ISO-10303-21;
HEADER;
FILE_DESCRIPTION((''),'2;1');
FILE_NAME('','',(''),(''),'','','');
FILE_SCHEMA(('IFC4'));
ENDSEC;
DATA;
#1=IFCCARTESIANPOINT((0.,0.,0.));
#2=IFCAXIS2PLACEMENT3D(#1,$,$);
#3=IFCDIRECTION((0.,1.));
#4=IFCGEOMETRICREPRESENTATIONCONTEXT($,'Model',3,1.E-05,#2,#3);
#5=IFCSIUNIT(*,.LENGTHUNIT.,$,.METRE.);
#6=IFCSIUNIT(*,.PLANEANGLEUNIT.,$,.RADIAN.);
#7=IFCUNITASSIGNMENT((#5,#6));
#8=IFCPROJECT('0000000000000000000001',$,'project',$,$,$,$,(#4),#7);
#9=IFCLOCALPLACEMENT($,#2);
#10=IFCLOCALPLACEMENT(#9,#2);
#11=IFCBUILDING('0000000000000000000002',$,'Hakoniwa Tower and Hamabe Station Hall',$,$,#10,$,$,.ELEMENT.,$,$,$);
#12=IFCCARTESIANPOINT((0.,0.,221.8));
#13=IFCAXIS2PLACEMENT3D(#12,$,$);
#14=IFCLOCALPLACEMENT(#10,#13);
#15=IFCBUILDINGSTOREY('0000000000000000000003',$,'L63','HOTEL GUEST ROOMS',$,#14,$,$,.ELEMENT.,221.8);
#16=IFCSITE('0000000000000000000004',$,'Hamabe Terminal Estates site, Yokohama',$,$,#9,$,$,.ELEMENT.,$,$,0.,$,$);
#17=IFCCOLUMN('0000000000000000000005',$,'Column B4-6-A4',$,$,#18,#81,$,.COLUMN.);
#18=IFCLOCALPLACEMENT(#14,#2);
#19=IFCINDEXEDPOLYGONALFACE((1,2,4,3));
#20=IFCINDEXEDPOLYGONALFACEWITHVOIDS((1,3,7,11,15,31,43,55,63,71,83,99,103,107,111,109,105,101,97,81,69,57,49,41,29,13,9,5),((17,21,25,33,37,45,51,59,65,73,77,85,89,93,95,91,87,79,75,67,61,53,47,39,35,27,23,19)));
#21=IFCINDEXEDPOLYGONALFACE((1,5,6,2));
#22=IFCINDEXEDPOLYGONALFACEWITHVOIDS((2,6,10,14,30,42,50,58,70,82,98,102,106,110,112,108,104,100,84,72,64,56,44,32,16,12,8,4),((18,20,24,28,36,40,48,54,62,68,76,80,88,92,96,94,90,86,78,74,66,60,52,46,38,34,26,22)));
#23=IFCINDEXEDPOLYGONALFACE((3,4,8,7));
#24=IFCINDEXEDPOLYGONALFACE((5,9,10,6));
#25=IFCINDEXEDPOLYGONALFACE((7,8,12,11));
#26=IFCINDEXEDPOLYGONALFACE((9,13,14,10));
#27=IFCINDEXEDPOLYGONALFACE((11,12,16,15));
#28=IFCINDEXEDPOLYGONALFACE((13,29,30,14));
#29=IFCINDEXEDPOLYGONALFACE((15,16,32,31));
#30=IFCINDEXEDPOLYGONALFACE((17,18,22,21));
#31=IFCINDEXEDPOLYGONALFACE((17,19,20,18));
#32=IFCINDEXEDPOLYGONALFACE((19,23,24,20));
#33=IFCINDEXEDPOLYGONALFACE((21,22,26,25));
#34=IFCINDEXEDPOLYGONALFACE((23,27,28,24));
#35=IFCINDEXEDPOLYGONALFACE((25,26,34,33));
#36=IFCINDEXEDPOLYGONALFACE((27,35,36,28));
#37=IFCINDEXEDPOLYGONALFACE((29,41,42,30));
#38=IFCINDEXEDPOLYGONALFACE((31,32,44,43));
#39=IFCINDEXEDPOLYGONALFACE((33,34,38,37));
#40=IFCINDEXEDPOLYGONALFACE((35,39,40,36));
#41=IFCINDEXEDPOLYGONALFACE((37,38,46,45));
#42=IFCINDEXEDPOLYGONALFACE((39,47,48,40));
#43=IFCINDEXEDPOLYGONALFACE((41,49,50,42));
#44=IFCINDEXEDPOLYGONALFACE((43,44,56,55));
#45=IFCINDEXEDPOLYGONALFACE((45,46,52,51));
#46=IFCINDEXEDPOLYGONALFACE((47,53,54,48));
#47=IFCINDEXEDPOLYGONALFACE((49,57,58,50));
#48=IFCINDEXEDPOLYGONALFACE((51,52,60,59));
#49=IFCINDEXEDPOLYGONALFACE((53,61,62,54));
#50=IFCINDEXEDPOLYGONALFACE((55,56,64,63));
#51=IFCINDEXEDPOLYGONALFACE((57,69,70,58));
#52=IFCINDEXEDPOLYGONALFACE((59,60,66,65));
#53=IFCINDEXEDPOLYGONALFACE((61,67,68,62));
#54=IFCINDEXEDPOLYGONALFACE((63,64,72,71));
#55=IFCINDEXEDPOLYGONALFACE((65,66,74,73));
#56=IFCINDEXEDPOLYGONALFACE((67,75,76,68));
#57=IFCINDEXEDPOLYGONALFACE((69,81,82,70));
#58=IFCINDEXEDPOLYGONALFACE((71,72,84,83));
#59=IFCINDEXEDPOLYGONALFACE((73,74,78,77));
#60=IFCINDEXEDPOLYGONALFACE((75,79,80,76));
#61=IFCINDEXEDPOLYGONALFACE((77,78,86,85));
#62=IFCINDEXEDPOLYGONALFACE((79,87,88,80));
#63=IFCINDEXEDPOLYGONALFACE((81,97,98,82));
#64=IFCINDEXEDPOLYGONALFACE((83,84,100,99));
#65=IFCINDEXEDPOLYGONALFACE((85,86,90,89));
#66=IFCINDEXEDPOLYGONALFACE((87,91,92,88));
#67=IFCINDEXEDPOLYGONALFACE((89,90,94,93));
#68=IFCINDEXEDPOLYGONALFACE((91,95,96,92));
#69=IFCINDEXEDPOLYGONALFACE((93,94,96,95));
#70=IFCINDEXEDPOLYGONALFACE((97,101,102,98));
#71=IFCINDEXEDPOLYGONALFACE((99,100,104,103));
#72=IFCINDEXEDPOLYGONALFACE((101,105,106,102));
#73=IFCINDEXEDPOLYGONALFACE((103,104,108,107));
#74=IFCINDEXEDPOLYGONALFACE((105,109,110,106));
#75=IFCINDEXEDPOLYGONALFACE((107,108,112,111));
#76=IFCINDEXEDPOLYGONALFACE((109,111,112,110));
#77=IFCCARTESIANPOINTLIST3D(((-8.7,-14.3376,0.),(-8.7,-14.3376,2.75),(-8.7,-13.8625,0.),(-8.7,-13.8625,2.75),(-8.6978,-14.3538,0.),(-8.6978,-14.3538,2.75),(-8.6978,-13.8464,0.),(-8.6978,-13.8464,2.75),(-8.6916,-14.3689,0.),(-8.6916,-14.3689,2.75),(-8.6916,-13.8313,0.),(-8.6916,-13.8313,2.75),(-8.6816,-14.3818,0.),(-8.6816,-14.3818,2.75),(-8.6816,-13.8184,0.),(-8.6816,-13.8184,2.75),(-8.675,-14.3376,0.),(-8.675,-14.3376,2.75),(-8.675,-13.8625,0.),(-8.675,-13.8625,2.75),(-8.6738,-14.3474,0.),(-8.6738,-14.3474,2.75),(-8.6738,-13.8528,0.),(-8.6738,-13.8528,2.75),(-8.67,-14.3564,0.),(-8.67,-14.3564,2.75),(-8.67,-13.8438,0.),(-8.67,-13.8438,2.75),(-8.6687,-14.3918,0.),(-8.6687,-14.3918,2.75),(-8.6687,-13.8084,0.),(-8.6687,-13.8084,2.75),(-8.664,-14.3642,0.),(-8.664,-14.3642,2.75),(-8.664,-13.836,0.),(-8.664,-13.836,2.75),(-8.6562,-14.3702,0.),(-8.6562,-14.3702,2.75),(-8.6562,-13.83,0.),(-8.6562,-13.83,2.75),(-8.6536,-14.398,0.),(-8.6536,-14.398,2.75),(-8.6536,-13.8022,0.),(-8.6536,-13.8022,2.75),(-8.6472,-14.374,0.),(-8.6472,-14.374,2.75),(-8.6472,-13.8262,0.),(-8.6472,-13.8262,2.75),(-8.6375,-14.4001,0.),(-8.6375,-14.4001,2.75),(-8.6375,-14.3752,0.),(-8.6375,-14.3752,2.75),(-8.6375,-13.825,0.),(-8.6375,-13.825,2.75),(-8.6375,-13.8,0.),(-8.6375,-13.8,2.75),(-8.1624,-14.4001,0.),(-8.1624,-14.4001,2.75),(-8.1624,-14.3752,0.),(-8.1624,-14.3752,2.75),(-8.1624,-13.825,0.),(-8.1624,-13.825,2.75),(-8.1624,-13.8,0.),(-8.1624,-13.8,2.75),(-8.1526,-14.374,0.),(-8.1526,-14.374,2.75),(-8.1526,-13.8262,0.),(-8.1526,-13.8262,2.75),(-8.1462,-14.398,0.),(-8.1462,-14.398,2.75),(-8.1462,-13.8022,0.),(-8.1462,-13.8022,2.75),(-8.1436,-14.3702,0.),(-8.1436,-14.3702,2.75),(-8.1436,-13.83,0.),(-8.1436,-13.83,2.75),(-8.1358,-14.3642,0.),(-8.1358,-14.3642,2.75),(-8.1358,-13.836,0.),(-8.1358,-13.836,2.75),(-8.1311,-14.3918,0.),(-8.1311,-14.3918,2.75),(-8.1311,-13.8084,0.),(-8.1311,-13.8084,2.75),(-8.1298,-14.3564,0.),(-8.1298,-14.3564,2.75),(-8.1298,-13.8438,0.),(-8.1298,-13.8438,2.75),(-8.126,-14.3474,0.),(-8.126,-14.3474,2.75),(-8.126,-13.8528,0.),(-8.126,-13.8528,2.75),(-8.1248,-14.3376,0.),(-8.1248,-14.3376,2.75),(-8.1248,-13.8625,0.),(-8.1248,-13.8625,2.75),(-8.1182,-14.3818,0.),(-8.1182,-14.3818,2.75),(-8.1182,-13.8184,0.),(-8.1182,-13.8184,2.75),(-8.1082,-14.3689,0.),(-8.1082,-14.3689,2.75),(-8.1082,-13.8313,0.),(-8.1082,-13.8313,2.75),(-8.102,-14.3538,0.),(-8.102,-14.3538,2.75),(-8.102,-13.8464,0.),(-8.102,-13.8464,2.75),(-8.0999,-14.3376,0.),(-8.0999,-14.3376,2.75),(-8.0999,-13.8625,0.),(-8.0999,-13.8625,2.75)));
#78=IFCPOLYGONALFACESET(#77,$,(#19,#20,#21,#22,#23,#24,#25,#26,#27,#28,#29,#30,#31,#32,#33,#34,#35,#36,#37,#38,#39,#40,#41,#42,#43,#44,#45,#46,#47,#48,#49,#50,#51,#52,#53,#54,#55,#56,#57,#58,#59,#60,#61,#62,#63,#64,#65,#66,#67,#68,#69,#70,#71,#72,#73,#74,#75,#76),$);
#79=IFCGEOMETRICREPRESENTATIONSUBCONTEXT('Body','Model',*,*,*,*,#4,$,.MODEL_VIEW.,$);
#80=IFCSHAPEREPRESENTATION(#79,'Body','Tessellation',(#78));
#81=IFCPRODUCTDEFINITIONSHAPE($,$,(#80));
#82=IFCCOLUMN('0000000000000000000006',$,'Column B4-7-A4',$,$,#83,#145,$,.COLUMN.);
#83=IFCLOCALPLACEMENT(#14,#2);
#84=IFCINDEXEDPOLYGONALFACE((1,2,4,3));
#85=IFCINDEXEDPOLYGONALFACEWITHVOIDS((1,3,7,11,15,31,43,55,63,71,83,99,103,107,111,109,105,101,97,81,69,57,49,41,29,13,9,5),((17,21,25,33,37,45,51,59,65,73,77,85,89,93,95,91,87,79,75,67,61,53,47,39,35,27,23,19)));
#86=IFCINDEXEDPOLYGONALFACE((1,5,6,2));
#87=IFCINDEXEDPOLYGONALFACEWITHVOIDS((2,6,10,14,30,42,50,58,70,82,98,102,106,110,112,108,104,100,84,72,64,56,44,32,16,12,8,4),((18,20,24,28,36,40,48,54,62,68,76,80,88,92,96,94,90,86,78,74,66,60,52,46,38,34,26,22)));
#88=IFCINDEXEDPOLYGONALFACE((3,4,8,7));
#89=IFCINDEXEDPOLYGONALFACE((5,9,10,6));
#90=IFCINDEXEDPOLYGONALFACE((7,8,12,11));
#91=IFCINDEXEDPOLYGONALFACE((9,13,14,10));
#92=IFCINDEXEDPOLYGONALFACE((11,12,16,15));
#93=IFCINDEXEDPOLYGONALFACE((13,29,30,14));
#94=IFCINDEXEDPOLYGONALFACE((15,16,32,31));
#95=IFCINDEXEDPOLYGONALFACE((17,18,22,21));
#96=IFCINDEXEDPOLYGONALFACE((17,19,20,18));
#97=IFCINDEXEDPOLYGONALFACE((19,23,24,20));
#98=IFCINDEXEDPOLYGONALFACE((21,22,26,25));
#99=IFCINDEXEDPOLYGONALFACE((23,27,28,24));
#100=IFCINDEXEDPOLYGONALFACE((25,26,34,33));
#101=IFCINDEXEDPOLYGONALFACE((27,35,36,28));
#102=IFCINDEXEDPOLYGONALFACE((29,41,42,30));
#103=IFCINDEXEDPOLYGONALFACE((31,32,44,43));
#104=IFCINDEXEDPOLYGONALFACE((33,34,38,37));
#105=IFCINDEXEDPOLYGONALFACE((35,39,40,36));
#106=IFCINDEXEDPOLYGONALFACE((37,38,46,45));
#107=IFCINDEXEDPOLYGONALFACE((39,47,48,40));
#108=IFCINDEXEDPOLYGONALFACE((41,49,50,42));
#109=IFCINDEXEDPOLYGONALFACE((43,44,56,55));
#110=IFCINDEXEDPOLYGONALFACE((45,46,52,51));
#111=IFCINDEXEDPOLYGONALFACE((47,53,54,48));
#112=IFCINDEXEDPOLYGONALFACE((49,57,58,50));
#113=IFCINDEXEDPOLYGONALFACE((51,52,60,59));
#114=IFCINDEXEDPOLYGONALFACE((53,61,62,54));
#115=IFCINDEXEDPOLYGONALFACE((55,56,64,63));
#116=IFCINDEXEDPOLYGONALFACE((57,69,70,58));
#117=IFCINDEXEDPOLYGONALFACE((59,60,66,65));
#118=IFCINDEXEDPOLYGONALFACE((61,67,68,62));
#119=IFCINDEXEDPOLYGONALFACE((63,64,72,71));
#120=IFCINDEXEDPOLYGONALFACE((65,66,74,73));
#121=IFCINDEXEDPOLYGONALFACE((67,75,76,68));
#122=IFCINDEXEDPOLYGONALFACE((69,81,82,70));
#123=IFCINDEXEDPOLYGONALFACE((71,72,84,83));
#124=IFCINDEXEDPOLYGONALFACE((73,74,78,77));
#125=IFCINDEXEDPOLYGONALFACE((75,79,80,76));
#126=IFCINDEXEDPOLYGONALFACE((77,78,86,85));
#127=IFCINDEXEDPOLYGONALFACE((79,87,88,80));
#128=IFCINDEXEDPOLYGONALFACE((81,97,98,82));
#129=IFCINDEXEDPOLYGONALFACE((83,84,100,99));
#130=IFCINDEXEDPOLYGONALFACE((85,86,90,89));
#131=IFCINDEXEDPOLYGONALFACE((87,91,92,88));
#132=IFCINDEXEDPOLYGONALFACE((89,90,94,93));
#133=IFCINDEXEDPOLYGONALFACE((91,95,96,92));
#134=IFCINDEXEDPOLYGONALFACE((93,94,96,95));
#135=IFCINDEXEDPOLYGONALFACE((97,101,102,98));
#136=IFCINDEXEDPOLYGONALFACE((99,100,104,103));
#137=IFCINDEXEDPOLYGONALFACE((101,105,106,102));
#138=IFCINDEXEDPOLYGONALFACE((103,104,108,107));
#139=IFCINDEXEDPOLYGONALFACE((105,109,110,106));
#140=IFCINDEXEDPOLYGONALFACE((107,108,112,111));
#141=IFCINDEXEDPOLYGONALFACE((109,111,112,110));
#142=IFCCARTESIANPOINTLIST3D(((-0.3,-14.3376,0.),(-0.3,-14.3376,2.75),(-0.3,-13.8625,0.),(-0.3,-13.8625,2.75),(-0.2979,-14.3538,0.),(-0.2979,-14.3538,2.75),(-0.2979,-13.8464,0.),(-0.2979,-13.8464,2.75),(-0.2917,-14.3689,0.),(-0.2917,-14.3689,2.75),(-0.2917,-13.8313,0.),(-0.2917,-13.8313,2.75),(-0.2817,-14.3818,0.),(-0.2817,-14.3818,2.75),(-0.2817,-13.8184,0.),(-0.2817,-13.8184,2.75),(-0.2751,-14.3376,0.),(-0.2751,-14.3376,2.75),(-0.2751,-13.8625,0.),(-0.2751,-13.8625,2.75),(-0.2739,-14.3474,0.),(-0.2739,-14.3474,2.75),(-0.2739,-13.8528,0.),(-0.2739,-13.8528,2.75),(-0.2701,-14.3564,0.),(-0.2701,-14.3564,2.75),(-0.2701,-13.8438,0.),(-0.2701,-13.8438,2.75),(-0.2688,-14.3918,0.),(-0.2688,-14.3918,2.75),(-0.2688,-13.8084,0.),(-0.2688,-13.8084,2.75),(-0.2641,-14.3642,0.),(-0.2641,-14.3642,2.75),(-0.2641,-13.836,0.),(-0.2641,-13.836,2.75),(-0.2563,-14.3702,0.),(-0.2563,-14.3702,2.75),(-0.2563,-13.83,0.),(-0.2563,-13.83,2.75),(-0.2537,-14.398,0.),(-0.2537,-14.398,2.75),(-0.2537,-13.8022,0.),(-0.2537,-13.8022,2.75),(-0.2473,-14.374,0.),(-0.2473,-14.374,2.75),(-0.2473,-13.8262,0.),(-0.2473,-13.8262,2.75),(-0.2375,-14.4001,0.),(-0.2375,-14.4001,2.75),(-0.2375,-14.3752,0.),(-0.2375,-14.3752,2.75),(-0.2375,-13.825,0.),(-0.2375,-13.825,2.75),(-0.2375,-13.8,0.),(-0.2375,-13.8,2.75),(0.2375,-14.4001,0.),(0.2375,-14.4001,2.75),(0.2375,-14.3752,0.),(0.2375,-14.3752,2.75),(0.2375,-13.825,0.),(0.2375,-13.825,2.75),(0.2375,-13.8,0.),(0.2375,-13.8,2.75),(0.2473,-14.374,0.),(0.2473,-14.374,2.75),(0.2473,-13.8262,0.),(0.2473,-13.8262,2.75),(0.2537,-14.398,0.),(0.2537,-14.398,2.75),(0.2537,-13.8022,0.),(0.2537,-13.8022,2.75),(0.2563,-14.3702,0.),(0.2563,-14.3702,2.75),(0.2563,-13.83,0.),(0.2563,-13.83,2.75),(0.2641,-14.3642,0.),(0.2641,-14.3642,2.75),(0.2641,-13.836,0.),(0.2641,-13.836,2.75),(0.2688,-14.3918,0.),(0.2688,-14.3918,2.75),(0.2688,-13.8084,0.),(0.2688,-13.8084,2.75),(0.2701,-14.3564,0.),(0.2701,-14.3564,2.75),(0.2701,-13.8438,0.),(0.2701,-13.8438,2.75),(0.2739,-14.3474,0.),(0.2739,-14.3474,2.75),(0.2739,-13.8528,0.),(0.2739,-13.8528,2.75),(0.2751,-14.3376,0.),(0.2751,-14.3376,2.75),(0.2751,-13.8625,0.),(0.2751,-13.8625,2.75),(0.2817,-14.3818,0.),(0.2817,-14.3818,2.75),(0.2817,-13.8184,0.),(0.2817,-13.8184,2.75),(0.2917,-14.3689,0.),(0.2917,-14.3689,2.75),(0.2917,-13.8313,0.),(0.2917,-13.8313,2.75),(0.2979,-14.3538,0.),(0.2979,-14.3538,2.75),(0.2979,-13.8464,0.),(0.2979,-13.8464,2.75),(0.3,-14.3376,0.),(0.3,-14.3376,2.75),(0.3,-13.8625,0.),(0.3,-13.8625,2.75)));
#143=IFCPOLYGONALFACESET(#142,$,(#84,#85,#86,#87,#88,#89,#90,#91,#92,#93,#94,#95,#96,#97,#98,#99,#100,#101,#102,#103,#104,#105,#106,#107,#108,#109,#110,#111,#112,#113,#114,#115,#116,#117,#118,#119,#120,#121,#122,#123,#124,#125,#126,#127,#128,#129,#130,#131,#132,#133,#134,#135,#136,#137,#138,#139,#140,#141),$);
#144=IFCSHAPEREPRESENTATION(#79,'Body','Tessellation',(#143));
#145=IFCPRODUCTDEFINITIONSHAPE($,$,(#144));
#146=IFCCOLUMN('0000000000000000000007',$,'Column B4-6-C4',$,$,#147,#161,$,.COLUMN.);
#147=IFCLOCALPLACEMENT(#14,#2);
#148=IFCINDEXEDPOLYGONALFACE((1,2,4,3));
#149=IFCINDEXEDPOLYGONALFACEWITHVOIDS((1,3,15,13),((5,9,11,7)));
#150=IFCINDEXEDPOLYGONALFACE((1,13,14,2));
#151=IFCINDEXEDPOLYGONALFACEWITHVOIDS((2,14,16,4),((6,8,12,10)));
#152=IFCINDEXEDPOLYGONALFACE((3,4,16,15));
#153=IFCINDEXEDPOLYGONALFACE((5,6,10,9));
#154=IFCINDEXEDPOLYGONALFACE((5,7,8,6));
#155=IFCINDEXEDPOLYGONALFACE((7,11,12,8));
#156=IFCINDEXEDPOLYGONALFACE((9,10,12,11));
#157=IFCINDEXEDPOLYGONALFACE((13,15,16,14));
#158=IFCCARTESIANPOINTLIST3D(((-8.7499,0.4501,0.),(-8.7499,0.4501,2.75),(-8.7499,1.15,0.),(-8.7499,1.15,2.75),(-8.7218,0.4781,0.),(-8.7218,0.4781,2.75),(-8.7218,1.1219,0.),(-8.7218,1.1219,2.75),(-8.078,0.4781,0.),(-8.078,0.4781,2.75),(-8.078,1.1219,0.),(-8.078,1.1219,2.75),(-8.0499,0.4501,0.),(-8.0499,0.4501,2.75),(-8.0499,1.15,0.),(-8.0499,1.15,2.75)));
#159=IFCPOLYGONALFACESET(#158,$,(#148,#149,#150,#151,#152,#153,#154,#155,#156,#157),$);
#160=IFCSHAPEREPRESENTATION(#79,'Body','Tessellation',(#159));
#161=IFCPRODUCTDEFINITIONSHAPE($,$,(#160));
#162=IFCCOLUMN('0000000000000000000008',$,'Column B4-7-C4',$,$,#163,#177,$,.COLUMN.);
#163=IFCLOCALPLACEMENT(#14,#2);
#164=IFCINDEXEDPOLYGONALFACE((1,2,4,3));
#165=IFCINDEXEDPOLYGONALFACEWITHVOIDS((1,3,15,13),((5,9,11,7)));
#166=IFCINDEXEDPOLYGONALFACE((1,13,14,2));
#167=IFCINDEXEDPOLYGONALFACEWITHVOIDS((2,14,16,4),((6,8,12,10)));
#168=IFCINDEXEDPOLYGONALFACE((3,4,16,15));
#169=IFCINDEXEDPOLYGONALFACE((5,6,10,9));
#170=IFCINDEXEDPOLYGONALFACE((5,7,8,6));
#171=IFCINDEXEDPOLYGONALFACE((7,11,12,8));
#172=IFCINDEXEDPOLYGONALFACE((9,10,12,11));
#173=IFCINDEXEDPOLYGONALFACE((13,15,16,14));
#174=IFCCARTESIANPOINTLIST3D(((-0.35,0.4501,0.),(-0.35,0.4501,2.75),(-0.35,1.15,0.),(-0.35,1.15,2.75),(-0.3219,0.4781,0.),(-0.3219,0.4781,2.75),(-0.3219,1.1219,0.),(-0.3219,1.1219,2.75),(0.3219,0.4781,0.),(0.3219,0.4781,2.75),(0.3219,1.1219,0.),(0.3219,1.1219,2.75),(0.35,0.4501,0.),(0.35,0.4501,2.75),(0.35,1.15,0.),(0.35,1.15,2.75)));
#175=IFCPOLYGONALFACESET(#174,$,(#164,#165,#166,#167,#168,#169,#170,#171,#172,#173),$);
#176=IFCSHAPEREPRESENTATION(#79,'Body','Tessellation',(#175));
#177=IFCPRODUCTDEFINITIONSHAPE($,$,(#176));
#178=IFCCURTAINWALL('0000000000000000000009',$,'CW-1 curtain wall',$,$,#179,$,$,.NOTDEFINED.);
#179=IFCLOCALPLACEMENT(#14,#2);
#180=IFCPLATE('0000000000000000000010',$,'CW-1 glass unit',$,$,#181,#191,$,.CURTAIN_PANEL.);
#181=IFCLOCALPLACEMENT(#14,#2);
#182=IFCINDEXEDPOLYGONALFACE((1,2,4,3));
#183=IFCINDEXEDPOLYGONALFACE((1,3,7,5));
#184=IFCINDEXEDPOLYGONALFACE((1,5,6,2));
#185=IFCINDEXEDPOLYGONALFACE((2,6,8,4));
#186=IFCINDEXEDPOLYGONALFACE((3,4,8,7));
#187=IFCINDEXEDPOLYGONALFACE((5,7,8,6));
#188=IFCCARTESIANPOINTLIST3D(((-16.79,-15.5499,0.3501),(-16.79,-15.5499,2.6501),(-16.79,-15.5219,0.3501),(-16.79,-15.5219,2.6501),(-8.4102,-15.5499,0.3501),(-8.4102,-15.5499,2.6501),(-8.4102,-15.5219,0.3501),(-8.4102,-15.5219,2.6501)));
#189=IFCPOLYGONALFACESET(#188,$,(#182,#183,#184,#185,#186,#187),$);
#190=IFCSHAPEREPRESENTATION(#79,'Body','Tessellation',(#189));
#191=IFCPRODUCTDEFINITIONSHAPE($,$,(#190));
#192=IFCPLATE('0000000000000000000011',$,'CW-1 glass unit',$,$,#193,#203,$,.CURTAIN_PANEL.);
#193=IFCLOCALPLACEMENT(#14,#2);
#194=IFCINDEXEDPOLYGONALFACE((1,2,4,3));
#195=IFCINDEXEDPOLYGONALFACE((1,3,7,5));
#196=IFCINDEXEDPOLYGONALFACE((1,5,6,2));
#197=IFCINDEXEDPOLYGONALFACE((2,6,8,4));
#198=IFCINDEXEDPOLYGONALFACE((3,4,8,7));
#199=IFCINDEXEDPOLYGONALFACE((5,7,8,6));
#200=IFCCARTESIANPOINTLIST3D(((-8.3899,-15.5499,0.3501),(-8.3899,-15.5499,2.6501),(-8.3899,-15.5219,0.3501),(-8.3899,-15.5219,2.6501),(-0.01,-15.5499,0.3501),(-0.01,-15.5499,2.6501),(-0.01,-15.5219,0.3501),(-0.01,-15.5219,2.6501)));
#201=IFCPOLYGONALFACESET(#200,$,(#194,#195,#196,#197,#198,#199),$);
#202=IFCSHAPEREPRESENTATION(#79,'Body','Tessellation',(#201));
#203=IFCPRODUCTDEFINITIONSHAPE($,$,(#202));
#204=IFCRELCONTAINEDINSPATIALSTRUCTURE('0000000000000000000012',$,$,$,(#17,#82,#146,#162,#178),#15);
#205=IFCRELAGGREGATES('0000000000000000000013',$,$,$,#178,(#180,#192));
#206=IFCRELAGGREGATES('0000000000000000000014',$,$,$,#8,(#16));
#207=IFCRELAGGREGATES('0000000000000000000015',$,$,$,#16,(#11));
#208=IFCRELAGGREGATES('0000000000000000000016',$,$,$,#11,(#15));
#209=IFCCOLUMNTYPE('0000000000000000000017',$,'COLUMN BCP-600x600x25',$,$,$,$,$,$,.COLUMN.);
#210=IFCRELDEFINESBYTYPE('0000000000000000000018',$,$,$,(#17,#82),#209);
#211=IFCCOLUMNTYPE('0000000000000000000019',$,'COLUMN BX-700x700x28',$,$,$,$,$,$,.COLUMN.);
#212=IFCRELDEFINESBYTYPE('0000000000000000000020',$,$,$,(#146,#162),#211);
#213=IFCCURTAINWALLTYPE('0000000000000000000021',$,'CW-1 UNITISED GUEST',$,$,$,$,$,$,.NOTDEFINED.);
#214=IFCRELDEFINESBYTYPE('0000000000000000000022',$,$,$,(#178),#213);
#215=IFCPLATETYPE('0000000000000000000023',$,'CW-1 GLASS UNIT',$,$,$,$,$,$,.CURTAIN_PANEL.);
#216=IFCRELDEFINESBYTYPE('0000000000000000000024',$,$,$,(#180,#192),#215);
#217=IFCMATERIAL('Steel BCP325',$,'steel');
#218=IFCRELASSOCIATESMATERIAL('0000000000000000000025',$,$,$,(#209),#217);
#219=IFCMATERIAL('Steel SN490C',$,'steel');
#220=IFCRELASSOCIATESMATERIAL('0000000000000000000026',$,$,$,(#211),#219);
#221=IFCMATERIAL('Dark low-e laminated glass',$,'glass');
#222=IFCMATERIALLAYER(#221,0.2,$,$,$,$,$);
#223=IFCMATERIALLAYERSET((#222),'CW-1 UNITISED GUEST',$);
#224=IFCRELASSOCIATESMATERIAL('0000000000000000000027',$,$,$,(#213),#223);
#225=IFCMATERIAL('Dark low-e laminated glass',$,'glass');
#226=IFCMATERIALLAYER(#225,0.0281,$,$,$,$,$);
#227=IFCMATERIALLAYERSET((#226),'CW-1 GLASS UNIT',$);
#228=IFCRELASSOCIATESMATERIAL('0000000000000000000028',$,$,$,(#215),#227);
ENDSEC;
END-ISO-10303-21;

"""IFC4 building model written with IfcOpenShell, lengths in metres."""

from ifc_helpers import new_model, si_unit, direction, frame, origin, origin_2d, place, context, subcontext, project, spatial, rectangle, hollow_rectangle, extrude, material, layer, layer_set, material_profile, profile_set, type_object, element, aggregate, save


model = new_model("IFC4")

# Units and contexts
model_context = context("Model", 3, precision=1e-05, world=origin(), true_north=direction((0.0, 1.0)))
body_context = subcontext(model_context, "Body", "Model", "MODEL_VIEW")
ifc_project = project(units=[si_unit("LENGTHUNIT", "METRE"), si_unit("PLANEANGLEUNIT", "RADIAN")], contexts=[model_context])

# Site, building, storey
site_placement = place(None, origin())
site = spatial("IfcSite", under=ifc_project, at=site_placement, Name="Hamabe Terminal Estates site, Yokohama", CompositionType="ELEMENT", RefElevation=0.0)
building_placement = place(site_placement, origin())
building = spatial("IfcBuilding", under=site, at=building_placement, Name="Hakoniwa Tower and Hamabe Station Hall", CompositionType="ELEMENT")
storey_placement = place(building_placement, frame((0.0, 0.0, 221.8)))
storey = spatial("IfcBuildingStorey", under=building, at=storey_placement, Name="L63", Description="HOTEL GUEST ROOMS", CompositionType="ELEMENT", Elevation=221.8)

# Columns
ifc_material_1 = material(Name="Steel BCP325", Category="steel")
ifc_material_profile_1 = material_profile(ifc_material_1, hollow_rectangle(XDim=0.6001, YDim=0.6001, WallThickness=0.0249, InnerFilletRadius=0.0376, OuterFilletRadius=0.0625, at=origin_2d()), Name="BCP-600x600x25")
ifc_profile_set_1 = profile_set([ifc_material_profile_1], Name="Steel BCP325")
column_type_1 = type_object("IfcColumnType", Name="COLUMN BCP-600x600x25", PredefinedType="COLUMN", material=ifc_profile_set_1)
for number, where, z_axis, x_axis, name in (
    (1, (-8.3999, -14.1001, 0.0), (0.0, 0.0, 1.0), (1.0, 0.0, 0.0), "Column B4-6-A4"),
    (2, (0.0, -14.1001, 0.0), (0.0, 0.0, 1.0), (1.0, 0.0, 0.0), "Column B4-7-A4"),
):
    element("IfcColumn", number, at=place(storey_placement, frame(where, z_axis=z_axis, x_axis=x_axis)), inside=storey, type_object=column_type_1, Name=name, PredefinedType="COLUMN", context=body_context, shape_type="SweptSolid", body=[
        extrude(hollow_rectangle(XDim=0.6001, YDim=0.6001, WallThickness=0.0249, InnerFilletRadius=0.0376, OuterFilletRadius=0.0625, at=origin_2d()), origin(), (0.0, 0.0, 1.0), 2.75),
    ])
ifc_material_2 = material(Name="Steel SN490C", Category="steel")
ifc_material_profile_2 = material_profile(ifc_material_2, hollow_rectangle(XDim=0.7, YDim=0.7, WallThickness=0.0281, at=origin_2d()), Name="BX-700x700x28")
ifc_profile_set_2 = profile_set([ifc_material_profile_2], Name="Steel SN490C")
column_type_2 = type_object("IfcColumnType", Name="COLUMN BX-700x700x28", PredefinedType="COLUMN", material=ifc_profile_set_2)
for number, where, z_axis, x_axis, name in (
    (3, (-8.3999, 0.8, 0.0), (0.0, 0.0, 1.0), (1.0, 0.0, 0.0), "Column B4-6-C4"),
    (4, (0.0, 0.8, 0.0), (0.0, 0.0, 1.0), (1.0, 0.0, 0.0), "Column B4-7-C4"),
):
    element("IfcColumn", number, at=place(storey_placement, frame(where, z_axis=z_axis, x_axis=x_axis)), inside=storey, type_object=column_type_2, Name=name, PredefinedType="COLUMN", context=body_context, shape_type="SweptSolid", body=[
        extrude(hollow_rectangle(XDim=0.7, YDim=0.7, WallThickness=0.0281, at=origin_2d()), origin(), (0.0, 0.0, 1.0), 2.75),
    ])

# Curtain wall, plates
ifc_material_3 = material(Name="Dark low-e laminated glass", Category="glass")
ifc_layer_1 = layer(ifc_material_3, 0.2)
ifc_layer_set_1 = layer_set([ifc_layer_1], Name="CW-1 UNITISED GUEST")
curtain_wall_type = type_object("IfcCurtainWallType", Name="CW-1 UNITISED GUEST", PredefinedType="NOTDEFINED", material=ifc_layer_set_1)
curtain_wall_placement = place(storey_placement, origin())
curtain_wall = element("IfcCurtainWall", 5, at=curtain_wall_placement, inside=storey, type_object=curtain_wall_type, Name="CW-1 curtain wall", PredefinedType="NOTDEFINED")
ifc_material_4 = material(Name="Dark low-e laminated glass", Category="glass")
ifc_layer_2 = layer(ifc_material_4, 0.0281)
ifc_layer_set_2 = layer_set([ifc_layer_2], Name="CW-1 GLASS UNIT")
plate_type = type_object("IfcPlateType", Name="CW-1 GLASS UNIT", PredefinedType="CURTAIN_PANEL", material=ifc_layer_set_2)
plate_1_placement = place(storey_placement, frame((-12.6001, -15.5359, 0.3501), z_axis=(0.0, 0.0, 1.0), x_axis=(1.0, 0.0, 0.0)))
plate_1 = element("IfcPlate", 6, at=plate_1_placement, type_object=plate_type, Name="CW-1 glass unit", PredefinedType="CURTAIN_PANEL", context=body_context, shape_type="SweptSolid", body=[
    extrude(rectangle(XDim=8.3799, YDim=0.0281, at=origin_2d()), origin(), (0.0, 0.0, 1.0), 2.3),
])
plate_2_placement = place(storey_placement, frame((-4.2, -15.5359, 0.3501), z_axis=(0.0, 0.0, 1.0), x_axis=(1.0, 0.0, 0.0)))
plate_2 = element("IfcPlate", 7, at=plate_2_placement, type_object=plate_type, Name="CW-1 glass unit", PredefinedType="CURTAIN_PANEL", context=body_context, shape_type="SweptSolid", body=[
    extrude(rectangle(XDim=8.3799, YDim=0.0281, at=origin_2d()), origin(), (0.0, 0.0, 1.0), 2.3),
])
aggregate(curtain_wall, [plate_1, plate_2])

save(model, "model.ifc")
